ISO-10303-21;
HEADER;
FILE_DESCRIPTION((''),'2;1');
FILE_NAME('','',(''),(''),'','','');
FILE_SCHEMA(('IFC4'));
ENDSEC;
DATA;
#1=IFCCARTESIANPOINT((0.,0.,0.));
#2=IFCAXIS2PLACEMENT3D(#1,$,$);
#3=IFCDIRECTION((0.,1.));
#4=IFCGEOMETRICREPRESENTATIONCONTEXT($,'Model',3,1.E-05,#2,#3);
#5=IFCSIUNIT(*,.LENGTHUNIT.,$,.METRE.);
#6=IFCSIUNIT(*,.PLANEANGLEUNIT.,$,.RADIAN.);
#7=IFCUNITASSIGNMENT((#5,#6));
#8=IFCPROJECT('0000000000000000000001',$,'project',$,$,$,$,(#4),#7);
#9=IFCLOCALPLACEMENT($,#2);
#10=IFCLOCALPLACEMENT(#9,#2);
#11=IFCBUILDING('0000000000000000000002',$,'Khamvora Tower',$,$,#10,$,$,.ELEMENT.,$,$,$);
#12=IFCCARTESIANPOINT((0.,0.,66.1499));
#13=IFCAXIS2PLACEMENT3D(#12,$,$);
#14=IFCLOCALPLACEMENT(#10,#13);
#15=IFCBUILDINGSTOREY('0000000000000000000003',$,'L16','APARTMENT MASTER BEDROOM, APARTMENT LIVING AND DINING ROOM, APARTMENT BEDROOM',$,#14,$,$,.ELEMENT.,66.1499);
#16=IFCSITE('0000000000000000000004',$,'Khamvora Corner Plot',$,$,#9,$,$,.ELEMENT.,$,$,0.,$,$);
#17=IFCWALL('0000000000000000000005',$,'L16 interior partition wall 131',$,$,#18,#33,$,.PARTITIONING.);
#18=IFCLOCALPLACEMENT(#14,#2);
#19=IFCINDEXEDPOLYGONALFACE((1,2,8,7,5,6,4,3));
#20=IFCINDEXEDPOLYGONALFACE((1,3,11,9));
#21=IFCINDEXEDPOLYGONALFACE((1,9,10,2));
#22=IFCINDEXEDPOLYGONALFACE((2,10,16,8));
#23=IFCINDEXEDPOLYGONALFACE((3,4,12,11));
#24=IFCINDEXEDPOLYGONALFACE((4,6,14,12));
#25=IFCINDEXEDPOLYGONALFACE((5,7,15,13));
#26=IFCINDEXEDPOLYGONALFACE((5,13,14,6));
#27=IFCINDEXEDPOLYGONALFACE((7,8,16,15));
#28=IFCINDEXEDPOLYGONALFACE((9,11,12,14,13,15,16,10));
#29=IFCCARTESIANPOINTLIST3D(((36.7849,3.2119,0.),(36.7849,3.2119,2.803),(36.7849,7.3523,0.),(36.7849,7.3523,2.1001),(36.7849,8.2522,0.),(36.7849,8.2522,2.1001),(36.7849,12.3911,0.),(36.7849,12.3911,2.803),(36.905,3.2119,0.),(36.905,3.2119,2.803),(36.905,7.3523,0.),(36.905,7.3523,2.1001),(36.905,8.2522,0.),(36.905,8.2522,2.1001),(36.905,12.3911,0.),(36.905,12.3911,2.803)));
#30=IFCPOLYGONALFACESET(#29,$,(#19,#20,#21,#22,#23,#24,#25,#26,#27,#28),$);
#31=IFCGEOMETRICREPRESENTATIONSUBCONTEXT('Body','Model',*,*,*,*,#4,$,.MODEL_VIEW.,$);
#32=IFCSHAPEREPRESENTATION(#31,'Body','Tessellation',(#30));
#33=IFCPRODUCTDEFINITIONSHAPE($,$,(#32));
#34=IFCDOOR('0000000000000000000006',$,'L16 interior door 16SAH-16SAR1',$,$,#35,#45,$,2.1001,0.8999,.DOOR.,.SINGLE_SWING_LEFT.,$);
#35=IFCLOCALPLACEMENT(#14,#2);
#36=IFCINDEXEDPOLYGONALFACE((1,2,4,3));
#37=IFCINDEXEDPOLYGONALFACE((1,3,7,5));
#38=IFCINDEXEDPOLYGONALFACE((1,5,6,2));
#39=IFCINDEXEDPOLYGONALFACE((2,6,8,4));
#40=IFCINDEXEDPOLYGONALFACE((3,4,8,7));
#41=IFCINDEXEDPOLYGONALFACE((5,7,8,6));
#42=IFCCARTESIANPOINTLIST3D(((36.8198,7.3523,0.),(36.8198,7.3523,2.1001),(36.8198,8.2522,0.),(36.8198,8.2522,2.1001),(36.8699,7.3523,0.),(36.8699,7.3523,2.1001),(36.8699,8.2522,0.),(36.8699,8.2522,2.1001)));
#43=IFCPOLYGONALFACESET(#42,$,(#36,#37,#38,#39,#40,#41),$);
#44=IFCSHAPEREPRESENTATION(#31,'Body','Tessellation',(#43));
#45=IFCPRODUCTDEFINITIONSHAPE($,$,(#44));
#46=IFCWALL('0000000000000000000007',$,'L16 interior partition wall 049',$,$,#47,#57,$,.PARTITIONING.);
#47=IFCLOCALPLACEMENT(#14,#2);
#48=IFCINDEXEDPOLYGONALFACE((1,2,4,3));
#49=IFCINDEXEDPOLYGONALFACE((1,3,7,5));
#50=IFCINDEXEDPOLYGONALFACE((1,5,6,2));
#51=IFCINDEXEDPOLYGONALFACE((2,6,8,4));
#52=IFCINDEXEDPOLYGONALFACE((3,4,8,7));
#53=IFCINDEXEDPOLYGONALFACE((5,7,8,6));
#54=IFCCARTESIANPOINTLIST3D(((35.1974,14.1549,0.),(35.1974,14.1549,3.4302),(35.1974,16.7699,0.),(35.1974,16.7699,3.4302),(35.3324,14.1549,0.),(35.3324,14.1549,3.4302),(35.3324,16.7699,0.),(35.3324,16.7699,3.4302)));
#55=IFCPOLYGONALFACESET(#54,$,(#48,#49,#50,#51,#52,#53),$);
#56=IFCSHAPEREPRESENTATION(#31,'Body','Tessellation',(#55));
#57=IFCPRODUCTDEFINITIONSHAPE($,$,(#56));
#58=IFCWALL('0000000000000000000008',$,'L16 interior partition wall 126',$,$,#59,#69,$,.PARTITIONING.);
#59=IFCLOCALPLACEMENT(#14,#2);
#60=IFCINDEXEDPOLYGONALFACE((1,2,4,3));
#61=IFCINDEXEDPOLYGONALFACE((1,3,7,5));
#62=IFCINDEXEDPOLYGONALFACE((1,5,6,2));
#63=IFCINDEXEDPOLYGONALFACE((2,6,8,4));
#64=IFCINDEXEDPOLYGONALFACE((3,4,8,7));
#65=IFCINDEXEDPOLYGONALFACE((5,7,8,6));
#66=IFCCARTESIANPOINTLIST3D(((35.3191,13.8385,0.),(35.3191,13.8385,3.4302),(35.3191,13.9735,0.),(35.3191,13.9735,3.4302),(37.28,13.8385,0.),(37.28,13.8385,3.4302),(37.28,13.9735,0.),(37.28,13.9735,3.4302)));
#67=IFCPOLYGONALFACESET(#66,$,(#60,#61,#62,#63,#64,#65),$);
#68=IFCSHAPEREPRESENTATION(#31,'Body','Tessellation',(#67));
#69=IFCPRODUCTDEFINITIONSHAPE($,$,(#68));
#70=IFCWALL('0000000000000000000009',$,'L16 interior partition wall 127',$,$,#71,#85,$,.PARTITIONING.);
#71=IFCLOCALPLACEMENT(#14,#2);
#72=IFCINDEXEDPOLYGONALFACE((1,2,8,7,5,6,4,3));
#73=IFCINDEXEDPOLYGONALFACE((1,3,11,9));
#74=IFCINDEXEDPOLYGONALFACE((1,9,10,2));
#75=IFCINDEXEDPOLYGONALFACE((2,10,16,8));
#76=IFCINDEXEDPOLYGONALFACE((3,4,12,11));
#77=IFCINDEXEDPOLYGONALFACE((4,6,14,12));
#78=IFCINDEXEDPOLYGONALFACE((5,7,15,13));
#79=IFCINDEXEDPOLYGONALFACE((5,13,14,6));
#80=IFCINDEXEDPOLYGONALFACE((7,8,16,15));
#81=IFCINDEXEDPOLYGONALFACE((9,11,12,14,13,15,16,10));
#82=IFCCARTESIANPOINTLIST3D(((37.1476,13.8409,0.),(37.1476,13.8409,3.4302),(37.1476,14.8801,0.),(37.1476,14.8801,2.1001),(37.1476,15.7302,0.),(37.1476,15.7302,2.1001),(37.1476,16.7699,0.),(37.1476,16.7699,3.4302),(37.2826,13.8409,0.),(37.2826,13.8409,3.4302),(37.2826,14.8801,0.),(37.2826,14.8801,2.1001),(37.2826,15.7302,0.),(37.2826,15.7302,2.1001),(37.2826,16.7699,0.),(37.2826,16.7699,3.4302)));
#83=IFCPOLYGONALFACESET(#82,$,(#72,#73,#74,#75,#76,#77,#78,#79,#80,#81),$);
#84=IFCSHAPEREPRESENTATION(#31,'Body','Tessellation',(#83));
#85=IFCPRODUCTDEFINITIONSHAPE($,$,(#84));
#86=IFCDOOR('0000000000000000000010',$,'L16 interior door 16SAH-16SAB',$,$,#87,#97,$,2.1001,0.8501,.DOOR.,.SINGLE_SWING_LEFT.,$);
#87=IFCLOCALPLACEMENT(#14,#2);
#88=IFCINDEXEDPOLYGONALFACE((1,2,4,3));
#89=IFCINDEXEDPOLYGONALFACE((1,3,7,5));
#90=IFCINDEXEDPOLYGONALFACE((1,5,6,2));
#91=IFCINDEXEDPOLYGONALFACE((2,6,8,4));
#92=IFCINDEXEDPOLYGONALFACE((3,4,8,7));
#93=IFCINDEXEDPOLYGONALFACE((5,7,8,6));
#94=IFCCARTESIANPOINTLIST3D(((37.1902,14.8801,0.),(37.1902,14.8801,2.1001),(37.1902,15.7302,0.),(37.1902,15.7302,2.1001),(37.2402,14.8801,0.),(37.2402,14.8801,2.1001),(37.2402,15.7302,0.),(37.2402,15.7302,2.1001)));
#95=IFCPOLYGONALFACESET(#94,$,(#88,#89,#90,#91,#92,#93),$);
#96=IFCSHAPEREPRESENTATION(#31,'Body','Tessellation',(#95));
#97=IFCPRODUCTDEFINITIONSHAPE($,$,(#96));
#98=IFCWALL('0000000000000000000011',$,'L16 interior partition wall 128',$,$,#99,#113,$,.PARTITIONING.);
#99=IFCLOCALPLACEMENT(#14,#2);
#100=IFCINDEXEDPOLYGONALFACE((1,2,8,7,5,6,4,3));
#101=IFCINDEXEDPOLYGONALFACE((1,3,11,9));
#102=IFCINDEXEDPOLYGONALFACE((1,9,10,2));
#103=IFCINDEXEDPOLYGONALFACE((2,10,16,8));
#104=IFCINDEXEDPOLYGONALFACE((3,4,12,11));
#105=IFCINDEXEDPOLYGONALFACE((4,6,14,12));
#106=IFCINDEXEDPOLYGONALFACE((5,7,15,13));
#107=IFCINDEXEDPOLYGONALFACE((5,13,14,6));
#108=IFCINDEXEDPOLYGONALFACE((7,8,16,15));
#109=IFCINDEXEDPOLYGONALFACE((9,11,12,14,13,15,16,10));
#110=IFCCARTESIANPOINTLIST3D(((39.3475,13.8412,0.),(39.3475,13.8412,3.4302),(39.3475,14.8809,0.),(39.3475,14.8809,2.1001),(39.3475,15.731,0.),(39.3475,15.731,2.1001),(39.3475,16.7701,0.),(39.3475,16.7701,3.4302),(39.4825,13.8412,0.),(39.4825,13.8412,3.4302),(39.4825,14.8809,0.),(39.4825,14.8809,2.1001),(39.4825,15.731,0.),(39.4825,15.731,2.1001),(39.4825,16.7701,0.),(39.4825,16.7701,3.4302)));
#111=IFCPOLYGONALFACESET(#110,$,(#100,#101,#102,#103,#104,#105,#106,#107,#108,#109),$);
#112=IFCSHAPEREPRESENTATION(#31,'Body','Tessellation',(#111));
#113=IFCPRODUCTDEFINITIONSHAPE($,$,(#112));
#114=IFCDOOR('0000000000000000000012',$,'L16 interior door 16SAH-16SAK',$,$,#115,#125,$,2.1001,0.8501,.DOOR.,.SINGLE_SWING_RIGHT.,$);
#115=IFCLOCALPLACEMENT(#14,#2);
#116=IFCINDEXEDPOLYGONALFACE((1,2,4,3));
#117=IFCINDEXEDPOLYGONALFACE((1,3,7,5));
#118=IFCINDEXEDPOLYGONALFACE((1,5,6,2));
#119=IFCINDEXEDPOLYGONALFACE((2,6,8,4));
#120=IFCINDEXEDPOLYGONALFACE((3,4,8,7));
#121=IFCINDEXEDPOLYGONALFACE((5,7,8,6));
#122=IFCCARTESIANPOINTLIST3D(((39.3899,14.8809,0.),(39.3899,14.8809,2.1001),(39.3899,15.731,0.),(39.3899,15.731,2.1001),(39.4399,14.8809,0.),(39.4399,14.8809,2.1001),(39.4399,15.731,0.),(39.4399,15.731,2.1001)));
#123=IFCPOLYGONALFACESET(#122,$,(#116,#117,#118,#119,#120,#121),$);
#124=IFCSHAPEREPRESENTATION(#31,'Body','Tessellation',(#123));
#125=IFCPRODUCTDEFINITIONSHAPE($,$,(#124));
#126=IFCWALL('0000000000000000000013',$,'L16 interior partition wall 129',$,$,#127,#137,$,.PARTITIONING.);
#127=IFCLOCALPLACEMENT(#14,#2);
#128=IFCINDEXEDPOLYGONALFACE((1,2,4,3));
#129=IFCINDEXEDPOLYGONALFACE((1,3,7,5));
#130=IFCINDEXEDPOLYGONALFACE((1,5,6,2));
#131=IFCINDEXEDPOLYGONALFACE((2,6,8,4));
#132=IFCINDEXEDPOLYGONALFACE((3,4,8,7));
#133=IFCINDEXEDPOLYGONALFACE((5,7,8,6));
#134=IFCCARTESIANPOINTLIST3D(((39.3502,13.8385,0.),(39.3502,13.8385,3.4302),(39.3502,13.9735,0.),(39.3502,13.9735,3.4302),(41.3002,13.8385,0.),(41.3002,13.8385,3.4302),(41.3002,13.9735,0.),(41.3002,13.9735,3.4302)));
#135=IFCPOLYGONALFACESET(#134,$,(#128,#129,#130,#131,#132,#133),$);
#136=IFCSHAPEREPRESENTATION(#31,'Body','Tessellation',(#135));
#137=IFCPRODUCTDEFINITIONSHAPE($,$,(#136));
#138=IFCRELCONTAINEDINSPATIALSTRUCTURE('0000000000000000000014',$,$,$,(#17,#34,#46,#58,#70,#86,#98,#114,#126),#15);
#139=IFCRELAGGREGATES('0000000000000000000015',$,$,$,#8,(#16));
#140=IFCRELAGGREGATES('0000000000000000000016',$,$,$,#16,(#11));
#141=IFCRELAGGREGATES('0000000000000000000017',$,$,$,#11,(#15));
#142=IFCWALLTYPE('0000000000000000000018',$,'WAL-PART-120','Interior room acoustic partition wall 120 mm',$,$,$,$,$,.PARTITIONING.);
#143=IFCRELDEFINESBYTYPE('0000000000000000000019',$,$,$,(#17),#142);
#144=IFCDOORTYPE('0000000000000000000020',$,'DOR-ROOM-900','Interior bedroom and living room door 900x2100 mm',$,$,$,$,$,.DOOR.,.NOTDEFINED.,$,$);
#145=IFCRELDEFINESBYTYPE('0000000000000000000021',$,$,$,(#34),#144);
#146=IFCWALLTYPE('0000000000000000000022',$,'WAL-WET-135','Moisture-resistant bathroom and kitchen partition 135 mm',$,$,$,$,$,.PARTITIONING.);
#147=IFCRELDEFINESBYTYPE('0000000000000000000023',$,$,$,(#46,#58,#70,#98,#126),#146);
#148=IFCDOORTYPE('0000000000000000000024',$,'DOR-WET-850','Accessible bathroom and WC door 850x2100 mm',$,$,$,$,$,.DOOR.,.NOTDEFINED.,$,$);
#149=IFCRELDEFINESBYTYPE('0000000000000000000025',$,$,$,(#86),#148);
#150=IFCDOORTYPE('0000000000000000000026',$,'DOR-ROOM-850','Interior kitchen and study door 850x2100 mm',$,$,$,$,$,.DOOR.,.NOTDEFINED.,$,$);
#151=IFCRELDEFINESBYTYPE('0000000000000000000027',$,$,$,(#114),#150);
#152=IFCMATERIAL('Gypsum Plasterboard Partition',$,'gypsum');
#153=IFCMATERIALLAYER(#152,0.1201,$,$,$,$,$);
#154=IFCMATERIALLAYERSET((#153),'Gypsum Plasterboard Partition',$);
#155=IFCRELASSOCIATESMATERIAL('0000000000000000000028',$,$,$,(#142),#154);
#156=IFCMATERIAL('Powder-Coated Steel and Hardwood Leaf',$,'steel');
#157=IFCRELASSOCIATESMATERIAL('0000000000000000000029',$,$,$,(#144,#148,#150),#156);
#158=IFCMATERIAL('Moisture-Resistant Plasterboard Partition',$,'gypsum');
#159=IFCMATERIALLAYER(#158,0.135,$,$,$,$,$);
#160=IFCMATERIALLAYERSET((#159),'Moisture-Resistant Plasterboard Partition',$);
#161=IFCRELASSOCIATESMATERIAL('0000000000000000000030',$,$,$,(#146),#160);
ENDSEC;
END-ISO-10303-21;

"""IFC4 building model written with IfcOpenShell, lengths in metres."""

from ifc_helpers import new_model, si_unit, direction, frame, frame_2d, origin, place, context, subcontext, project, spatial, rectangle, extrude, material, layer, layer_set, type_object, element, fill, save


model = new_model("IFC4")

# Units and contexts
model_context = context("Model", 3, precision=1e-05, world=origin(), true_north=direction((0.0, 1.0)))
body_context = subcontext(model_context, "Body", "Model", "MODEL_VIEW")
ifc_project = project(units=[si_unit("LENGTHUNIT", "METRE"), si_unit("PLANEANGLEUNIT", "RADIAN")], contexts=[model_context])

# Site, building, storey
site_placement = place(None, origin())
site = spatial("IfcSite", under=ifc_project, at=site_placement, Name="Khamvora Corner Plot", CompositionType="ELEMENT", RefElevation=0.0)
building_placement = place(site_placement, origin())
building = spatial("IfcBuilding", under=site, at=building_placement, Name="Khamvora Tower", CompositionType="ELEMENT")
storey_placement = place(building_placement, frame((0.0, 0.0, 66.1499)))
storey = spatial("IfcBuildingStorey", under=building, at=storey_placement, Name="L16", Description="APARTMENT MASTER BEDROOM, APARTMENT LIVING AND DINING ROOM, APARTMENT BEDROOM", CompositionType="ELEMENT", Elevation=66.1499)

# Shared definitions
ifc_material_1 = material(Name="Powder-Coated Steel and Hardwood Leaf", Category="steel")

# Shared definitions
ifc_material_2 = material(Name="Gypsum Plasterboard Partition", Category="gypsum")
ifc_layer_1 = layer(ifc_material_2, 0.1201)
ifc_layer_set_1 = layer_set([ifc_layer_1], Name="Gypsum Plasterboard Partition")
wall_type_1 = type_object("IfcWallType", Name="WAL-PART-120", Description="Interior room acoustic partition wall 120 mm", PredefinedType="PARTITIONING", material=ifc_layer_set_1)

# Wall, opening, door
wall_1_placement = place(storey_placement, frame((36.845, 12.3911, 0.0), z_axis=(0.0, 0.0, 1.0), x_axis=(0.0, -1.0, 0.0)))
wall_1 = element("IfcWall", 1, at=wall_1_placement, inside=storey, type_object=wall_type_1, Name="L16 interior partition wall 131", PredefinedType="PARTITIONING", context=body_context, shape_type="SweptSolid", body=[
    extrude(rectangle(XDim=9.1792, YDim=0.1201, at=frame_2d((4.5896, 0.0))), origin(), (0.0, 0.0, 1.0), 2.803),
])
opening_1_placement = place(wall_1_placement, frame((4.1389, 0.0, 0.0)))
opening_1 = element("IfcOpeningElement", 2, at=opening_1_placement, cuts=wall_1, PredefinedType="OPENING", context=body_context, shape_type="SweptSolid", body=[
    extrude(rectangle(XDim=0.8999, YDim=2.1001, at=frame_2d((0.45, 1.05))), frame((0.0, 0.0701, 0.0), z_axis=(0.0, -1.0, 0.0), x_axis=(1.0, 0.0, 0.0)), (0.0, 0.0, 1.0), 0.1401),
])
door_type_1 = type_object("IfcDoorType", Name="DOR-ROOM-900", Description="Interior bedroom and living room door 900x2100 mm", OperationType="NOTDEFINED", PredefinedType="DOOR", material=ifc_material_1)
door_1_placement = place(opening_1_placement, origin())
door_1 = element("IfcDoor", 3, at=door_1_placement, inside=storey, type_object=door_type_1, Name="L16 interior door 16SAH-16SAR1", OperationType="SINGLE_SWING_LEFT", OverallHeight=2.1001, OverallWidth=0.8999, PredefinedType="DOOR", context=body_context, shape_type="SweptSolid", body=[
    extrude(rectangle(XDim=0.8999, YDim=2.1001, at=frame_2d((0.45, 1.05))), frame((0.0, 0.0249, 0.0), z_axis=(0.0, -1.0, 0.0), x_axis=(1.0, 0.0, 0.0)), (0.0, 0.0, 1.0), 0.05),
])
fill(opening_1, door_1)

# Walls
ifc_material_3 = material(Name="Moisture-Resistant Plasterboard Partition", Category="gypsum")
ifc_layer_2 = layer(ifc_material_3, 0.135)
ifc_layer_set_2 = layer_set([ifc_layer_2], Name="Moisture-Resistant Plasterboard Partition")
wall_type_2 = type_object("IfcWallType", Name="WAL-WET-135", Description="Moisture-resistant bathroom and kitchen partition 135 mm", PredefinedType="PARTITIONING", material=ifc_layer_set_2)
wall_2_placement = place(storey_placement, frame((35.2649, 16.77, 0.0), z_axis=(0.0, 0.0, 1.0), x_axis=(0.0, -1.0, 0.0)))
element("IfcWall", 4, at=wall_2_placement, inside=storey, type_object=wall_type_2, Name="L16 interior partition wall 049", PredefinedType="PARTITIONING", context=body_context, shape_type="SweptSolid", body=[
    extrude(rectangle(XDim=2.615, YDim=0.135, at=frame_2d((1.3076, 0.0))), origin(), (0.0, 0.0, 1.0), 3.4302),
])
wall_3_placement = place(storey_placement, frame((35.3191, 13.906, 0.0), z_axis=(0.0, 0.0, 1.0), x_axis=(1.0, 0.0, 0.0)))
element("IfcWall", 5, at=wall_3_placement, inside=storey, type_object=wall_type_2, Name="L16 interior partition wall 126", PredefinedType="PARTITIONING", context=body_context, shape_type="SweptSolid", body=[
    extrude(rectangle(XDim=1.9609, YDim=0.135, at=frame_2d((0.9805, 0.0))), origin(), (0.0, 0.0, 1.0), 3.4302),
])

# Walls, openings, doors
wall_4_placement = place(storey_placement, frame((37.2151, 13.8411, 0.0), z_axis=(0.0, 0.0, 1.0), x_axis=(0.0, 1.0, 0.0)))
wall_4 = element("IfcWall", 6, at=wall_4_placement, inside=storey, type_object=wall_type_2, Name="L16 interior partition wall 127", PredefinedType="PARTITIONING", context=body_context, shape_type="SweptSolid", body=[
    extrude(rectangle(XDim=2.929, YDim=0.135, at=frame_2d((1.4644, 0.0))), origin(), (0.0, 0.0, 1.0), 3.4302),
])
opening_2_placement = place(wall_4_placement, frame((1.0391, 0.0, 0.0)))
opening_2 = element("IfcOpeningElement", 7, at=opening_2_placement, cuts=wall_4, PredefinedType="OPENING", context=body_context, shape_type="SweptSolid", body=[
    extrude(rectangle(XDim=0.8501, YDim=2.1001, at=frame_2d((0.425, 1.05))), frame((0.0, 0.0774, 0.0), z_axis=(0.0, -1.0, 0.0), x_axis=(1.0, 0.0, 0.0)), (0.0, 0.0, 1.0), 0.155),
])
door_type_2 = type_object("IfcDoorType", Name="DOR-WET-850", Description="Accessible bathroom and WC door 850x2100 mm", OperationType="NOTDEFINED", PredefinedType="DOOR", material=ifc_material_1)
door_2_placement = place(opening_2_placement, origin())
door_2 = element("IfcDoor", 8, at=door_2_placement, inside=storey, type_object=door_type_2, Name="L16 interior door 16SAH-16SAB", OperationType="SINGLE_SWING_LEFT", OverallHeight=2.1001, OverallWidth=0.8501, PredefinedType="DOOR", context=body_context, shape_type="SweptSolid", body=[
    extrude(rectangle(XDim=0.8501, YDim=2.1001, at=frame_2d((0.425, 1.05))), frame((0.0, 0.0249, 0.0), z_axis=(0.0, -1.0, 0.0), x_axis=(1.0, 0.0, 0.0)), (0.0, 0.0, 1.0), 0.05),
])
fill(opening_2, door_2)
wall_5_placement = place(storey_placement, frame((39.415, 16.77, 0.0), z_axis=(0.0, 0.0, 1.0), x_axis=(0.0, -1.0, 0.0)))
wall_5 = element("IfcWall", 9, at=wall_5_placement, inside=storey, type_object=wall_type_2, Name="L16 interior partition wall 128", PredefinedType="PARTITIONING", context=body_context, shape_type="SweptSolid", body=[
    extrude(rectangle(XDim=2.929, YDim=0.135, at=frame_2d((1.4644, 0.0))), origin(), (0.0, 0.0, 1.0), 3.4302),
])
opening_3_placement = place(wall_5_placement, frame((1.0391, 0.0, 0.0)))
opening_3 = element("IfcOpeningElement", 10, at=opening_3_placement, cuts=wall_5, PredefinedType="OPENING", context=body_context, shape_type="SweptSolid", body=[
    extrude(rectangle(XDim=0.8501, YDim=2.1001, at=frame_2d((0.425, 1.05))), frame((0.0, 0.0774, 0.0), z_axis=(0.0, -1.0, 0.0), x_axis=(1.0, 0.0, 0.0)), (0.0, 0.0, 1.0), 0.155),
])
door_type_3 = type_object("IfcDoorType", Name="DOR-ROOM-850", Description="Interior kitchen and study door 850x2100 mm", OperationType="NOTDEFINED", PredefinedType="DOOR", material=ifc_material_1)
door_3_placement = place(opening_3_placement, origin())
door_3 = element("IfcDoor", 11, at=door_3_placement, inside=storey, type_object=door_type_3, Name="L16 interior door 16SAH-16SAK", OperationType="SINGLE_SWING_RIGHT", OverallHeight=2.1001, OverallWidth=0.8501, PredefinedType="DOOR", context=body_context, shape_type="SweptSolid", body=[
    extrude(rectangle(XDim=0.8501, YDim=2.1001, at=frame_2d((0.425, 1.05))), frame((0.0, 0.0249, 0.0), z_axis=(0.0, -1.0, 0.0), x_axis=(1.0, 0.0, 0.0)), (0.0, 0.0, 1.0), 0.05),
])
fill(opening_3, door_3)

# Wall
wall_6_placement = place(storey_placement, frame((39.3501, 13.906, 0.0), z_axis=(0.0, 0.0, 1.0), x_axis=(1.0, 0.0, 0.0)))
element("IfcWall", 12, at=wall_6_placement, inside=storey, type_object=wall_type_2, Name="L16 interior partition wall 129", PredefinedType="PARTITIONING", context=body_context, shape_type="SweptSolid", body=[
    extrude(rectangle(XDim=1.95, YDim=0.135, at=frame_2d((0.9751, 0.0))), origin(), (0.0, 0.0, 1.0), 3.4302),
])

save(model, "model.ifc")
